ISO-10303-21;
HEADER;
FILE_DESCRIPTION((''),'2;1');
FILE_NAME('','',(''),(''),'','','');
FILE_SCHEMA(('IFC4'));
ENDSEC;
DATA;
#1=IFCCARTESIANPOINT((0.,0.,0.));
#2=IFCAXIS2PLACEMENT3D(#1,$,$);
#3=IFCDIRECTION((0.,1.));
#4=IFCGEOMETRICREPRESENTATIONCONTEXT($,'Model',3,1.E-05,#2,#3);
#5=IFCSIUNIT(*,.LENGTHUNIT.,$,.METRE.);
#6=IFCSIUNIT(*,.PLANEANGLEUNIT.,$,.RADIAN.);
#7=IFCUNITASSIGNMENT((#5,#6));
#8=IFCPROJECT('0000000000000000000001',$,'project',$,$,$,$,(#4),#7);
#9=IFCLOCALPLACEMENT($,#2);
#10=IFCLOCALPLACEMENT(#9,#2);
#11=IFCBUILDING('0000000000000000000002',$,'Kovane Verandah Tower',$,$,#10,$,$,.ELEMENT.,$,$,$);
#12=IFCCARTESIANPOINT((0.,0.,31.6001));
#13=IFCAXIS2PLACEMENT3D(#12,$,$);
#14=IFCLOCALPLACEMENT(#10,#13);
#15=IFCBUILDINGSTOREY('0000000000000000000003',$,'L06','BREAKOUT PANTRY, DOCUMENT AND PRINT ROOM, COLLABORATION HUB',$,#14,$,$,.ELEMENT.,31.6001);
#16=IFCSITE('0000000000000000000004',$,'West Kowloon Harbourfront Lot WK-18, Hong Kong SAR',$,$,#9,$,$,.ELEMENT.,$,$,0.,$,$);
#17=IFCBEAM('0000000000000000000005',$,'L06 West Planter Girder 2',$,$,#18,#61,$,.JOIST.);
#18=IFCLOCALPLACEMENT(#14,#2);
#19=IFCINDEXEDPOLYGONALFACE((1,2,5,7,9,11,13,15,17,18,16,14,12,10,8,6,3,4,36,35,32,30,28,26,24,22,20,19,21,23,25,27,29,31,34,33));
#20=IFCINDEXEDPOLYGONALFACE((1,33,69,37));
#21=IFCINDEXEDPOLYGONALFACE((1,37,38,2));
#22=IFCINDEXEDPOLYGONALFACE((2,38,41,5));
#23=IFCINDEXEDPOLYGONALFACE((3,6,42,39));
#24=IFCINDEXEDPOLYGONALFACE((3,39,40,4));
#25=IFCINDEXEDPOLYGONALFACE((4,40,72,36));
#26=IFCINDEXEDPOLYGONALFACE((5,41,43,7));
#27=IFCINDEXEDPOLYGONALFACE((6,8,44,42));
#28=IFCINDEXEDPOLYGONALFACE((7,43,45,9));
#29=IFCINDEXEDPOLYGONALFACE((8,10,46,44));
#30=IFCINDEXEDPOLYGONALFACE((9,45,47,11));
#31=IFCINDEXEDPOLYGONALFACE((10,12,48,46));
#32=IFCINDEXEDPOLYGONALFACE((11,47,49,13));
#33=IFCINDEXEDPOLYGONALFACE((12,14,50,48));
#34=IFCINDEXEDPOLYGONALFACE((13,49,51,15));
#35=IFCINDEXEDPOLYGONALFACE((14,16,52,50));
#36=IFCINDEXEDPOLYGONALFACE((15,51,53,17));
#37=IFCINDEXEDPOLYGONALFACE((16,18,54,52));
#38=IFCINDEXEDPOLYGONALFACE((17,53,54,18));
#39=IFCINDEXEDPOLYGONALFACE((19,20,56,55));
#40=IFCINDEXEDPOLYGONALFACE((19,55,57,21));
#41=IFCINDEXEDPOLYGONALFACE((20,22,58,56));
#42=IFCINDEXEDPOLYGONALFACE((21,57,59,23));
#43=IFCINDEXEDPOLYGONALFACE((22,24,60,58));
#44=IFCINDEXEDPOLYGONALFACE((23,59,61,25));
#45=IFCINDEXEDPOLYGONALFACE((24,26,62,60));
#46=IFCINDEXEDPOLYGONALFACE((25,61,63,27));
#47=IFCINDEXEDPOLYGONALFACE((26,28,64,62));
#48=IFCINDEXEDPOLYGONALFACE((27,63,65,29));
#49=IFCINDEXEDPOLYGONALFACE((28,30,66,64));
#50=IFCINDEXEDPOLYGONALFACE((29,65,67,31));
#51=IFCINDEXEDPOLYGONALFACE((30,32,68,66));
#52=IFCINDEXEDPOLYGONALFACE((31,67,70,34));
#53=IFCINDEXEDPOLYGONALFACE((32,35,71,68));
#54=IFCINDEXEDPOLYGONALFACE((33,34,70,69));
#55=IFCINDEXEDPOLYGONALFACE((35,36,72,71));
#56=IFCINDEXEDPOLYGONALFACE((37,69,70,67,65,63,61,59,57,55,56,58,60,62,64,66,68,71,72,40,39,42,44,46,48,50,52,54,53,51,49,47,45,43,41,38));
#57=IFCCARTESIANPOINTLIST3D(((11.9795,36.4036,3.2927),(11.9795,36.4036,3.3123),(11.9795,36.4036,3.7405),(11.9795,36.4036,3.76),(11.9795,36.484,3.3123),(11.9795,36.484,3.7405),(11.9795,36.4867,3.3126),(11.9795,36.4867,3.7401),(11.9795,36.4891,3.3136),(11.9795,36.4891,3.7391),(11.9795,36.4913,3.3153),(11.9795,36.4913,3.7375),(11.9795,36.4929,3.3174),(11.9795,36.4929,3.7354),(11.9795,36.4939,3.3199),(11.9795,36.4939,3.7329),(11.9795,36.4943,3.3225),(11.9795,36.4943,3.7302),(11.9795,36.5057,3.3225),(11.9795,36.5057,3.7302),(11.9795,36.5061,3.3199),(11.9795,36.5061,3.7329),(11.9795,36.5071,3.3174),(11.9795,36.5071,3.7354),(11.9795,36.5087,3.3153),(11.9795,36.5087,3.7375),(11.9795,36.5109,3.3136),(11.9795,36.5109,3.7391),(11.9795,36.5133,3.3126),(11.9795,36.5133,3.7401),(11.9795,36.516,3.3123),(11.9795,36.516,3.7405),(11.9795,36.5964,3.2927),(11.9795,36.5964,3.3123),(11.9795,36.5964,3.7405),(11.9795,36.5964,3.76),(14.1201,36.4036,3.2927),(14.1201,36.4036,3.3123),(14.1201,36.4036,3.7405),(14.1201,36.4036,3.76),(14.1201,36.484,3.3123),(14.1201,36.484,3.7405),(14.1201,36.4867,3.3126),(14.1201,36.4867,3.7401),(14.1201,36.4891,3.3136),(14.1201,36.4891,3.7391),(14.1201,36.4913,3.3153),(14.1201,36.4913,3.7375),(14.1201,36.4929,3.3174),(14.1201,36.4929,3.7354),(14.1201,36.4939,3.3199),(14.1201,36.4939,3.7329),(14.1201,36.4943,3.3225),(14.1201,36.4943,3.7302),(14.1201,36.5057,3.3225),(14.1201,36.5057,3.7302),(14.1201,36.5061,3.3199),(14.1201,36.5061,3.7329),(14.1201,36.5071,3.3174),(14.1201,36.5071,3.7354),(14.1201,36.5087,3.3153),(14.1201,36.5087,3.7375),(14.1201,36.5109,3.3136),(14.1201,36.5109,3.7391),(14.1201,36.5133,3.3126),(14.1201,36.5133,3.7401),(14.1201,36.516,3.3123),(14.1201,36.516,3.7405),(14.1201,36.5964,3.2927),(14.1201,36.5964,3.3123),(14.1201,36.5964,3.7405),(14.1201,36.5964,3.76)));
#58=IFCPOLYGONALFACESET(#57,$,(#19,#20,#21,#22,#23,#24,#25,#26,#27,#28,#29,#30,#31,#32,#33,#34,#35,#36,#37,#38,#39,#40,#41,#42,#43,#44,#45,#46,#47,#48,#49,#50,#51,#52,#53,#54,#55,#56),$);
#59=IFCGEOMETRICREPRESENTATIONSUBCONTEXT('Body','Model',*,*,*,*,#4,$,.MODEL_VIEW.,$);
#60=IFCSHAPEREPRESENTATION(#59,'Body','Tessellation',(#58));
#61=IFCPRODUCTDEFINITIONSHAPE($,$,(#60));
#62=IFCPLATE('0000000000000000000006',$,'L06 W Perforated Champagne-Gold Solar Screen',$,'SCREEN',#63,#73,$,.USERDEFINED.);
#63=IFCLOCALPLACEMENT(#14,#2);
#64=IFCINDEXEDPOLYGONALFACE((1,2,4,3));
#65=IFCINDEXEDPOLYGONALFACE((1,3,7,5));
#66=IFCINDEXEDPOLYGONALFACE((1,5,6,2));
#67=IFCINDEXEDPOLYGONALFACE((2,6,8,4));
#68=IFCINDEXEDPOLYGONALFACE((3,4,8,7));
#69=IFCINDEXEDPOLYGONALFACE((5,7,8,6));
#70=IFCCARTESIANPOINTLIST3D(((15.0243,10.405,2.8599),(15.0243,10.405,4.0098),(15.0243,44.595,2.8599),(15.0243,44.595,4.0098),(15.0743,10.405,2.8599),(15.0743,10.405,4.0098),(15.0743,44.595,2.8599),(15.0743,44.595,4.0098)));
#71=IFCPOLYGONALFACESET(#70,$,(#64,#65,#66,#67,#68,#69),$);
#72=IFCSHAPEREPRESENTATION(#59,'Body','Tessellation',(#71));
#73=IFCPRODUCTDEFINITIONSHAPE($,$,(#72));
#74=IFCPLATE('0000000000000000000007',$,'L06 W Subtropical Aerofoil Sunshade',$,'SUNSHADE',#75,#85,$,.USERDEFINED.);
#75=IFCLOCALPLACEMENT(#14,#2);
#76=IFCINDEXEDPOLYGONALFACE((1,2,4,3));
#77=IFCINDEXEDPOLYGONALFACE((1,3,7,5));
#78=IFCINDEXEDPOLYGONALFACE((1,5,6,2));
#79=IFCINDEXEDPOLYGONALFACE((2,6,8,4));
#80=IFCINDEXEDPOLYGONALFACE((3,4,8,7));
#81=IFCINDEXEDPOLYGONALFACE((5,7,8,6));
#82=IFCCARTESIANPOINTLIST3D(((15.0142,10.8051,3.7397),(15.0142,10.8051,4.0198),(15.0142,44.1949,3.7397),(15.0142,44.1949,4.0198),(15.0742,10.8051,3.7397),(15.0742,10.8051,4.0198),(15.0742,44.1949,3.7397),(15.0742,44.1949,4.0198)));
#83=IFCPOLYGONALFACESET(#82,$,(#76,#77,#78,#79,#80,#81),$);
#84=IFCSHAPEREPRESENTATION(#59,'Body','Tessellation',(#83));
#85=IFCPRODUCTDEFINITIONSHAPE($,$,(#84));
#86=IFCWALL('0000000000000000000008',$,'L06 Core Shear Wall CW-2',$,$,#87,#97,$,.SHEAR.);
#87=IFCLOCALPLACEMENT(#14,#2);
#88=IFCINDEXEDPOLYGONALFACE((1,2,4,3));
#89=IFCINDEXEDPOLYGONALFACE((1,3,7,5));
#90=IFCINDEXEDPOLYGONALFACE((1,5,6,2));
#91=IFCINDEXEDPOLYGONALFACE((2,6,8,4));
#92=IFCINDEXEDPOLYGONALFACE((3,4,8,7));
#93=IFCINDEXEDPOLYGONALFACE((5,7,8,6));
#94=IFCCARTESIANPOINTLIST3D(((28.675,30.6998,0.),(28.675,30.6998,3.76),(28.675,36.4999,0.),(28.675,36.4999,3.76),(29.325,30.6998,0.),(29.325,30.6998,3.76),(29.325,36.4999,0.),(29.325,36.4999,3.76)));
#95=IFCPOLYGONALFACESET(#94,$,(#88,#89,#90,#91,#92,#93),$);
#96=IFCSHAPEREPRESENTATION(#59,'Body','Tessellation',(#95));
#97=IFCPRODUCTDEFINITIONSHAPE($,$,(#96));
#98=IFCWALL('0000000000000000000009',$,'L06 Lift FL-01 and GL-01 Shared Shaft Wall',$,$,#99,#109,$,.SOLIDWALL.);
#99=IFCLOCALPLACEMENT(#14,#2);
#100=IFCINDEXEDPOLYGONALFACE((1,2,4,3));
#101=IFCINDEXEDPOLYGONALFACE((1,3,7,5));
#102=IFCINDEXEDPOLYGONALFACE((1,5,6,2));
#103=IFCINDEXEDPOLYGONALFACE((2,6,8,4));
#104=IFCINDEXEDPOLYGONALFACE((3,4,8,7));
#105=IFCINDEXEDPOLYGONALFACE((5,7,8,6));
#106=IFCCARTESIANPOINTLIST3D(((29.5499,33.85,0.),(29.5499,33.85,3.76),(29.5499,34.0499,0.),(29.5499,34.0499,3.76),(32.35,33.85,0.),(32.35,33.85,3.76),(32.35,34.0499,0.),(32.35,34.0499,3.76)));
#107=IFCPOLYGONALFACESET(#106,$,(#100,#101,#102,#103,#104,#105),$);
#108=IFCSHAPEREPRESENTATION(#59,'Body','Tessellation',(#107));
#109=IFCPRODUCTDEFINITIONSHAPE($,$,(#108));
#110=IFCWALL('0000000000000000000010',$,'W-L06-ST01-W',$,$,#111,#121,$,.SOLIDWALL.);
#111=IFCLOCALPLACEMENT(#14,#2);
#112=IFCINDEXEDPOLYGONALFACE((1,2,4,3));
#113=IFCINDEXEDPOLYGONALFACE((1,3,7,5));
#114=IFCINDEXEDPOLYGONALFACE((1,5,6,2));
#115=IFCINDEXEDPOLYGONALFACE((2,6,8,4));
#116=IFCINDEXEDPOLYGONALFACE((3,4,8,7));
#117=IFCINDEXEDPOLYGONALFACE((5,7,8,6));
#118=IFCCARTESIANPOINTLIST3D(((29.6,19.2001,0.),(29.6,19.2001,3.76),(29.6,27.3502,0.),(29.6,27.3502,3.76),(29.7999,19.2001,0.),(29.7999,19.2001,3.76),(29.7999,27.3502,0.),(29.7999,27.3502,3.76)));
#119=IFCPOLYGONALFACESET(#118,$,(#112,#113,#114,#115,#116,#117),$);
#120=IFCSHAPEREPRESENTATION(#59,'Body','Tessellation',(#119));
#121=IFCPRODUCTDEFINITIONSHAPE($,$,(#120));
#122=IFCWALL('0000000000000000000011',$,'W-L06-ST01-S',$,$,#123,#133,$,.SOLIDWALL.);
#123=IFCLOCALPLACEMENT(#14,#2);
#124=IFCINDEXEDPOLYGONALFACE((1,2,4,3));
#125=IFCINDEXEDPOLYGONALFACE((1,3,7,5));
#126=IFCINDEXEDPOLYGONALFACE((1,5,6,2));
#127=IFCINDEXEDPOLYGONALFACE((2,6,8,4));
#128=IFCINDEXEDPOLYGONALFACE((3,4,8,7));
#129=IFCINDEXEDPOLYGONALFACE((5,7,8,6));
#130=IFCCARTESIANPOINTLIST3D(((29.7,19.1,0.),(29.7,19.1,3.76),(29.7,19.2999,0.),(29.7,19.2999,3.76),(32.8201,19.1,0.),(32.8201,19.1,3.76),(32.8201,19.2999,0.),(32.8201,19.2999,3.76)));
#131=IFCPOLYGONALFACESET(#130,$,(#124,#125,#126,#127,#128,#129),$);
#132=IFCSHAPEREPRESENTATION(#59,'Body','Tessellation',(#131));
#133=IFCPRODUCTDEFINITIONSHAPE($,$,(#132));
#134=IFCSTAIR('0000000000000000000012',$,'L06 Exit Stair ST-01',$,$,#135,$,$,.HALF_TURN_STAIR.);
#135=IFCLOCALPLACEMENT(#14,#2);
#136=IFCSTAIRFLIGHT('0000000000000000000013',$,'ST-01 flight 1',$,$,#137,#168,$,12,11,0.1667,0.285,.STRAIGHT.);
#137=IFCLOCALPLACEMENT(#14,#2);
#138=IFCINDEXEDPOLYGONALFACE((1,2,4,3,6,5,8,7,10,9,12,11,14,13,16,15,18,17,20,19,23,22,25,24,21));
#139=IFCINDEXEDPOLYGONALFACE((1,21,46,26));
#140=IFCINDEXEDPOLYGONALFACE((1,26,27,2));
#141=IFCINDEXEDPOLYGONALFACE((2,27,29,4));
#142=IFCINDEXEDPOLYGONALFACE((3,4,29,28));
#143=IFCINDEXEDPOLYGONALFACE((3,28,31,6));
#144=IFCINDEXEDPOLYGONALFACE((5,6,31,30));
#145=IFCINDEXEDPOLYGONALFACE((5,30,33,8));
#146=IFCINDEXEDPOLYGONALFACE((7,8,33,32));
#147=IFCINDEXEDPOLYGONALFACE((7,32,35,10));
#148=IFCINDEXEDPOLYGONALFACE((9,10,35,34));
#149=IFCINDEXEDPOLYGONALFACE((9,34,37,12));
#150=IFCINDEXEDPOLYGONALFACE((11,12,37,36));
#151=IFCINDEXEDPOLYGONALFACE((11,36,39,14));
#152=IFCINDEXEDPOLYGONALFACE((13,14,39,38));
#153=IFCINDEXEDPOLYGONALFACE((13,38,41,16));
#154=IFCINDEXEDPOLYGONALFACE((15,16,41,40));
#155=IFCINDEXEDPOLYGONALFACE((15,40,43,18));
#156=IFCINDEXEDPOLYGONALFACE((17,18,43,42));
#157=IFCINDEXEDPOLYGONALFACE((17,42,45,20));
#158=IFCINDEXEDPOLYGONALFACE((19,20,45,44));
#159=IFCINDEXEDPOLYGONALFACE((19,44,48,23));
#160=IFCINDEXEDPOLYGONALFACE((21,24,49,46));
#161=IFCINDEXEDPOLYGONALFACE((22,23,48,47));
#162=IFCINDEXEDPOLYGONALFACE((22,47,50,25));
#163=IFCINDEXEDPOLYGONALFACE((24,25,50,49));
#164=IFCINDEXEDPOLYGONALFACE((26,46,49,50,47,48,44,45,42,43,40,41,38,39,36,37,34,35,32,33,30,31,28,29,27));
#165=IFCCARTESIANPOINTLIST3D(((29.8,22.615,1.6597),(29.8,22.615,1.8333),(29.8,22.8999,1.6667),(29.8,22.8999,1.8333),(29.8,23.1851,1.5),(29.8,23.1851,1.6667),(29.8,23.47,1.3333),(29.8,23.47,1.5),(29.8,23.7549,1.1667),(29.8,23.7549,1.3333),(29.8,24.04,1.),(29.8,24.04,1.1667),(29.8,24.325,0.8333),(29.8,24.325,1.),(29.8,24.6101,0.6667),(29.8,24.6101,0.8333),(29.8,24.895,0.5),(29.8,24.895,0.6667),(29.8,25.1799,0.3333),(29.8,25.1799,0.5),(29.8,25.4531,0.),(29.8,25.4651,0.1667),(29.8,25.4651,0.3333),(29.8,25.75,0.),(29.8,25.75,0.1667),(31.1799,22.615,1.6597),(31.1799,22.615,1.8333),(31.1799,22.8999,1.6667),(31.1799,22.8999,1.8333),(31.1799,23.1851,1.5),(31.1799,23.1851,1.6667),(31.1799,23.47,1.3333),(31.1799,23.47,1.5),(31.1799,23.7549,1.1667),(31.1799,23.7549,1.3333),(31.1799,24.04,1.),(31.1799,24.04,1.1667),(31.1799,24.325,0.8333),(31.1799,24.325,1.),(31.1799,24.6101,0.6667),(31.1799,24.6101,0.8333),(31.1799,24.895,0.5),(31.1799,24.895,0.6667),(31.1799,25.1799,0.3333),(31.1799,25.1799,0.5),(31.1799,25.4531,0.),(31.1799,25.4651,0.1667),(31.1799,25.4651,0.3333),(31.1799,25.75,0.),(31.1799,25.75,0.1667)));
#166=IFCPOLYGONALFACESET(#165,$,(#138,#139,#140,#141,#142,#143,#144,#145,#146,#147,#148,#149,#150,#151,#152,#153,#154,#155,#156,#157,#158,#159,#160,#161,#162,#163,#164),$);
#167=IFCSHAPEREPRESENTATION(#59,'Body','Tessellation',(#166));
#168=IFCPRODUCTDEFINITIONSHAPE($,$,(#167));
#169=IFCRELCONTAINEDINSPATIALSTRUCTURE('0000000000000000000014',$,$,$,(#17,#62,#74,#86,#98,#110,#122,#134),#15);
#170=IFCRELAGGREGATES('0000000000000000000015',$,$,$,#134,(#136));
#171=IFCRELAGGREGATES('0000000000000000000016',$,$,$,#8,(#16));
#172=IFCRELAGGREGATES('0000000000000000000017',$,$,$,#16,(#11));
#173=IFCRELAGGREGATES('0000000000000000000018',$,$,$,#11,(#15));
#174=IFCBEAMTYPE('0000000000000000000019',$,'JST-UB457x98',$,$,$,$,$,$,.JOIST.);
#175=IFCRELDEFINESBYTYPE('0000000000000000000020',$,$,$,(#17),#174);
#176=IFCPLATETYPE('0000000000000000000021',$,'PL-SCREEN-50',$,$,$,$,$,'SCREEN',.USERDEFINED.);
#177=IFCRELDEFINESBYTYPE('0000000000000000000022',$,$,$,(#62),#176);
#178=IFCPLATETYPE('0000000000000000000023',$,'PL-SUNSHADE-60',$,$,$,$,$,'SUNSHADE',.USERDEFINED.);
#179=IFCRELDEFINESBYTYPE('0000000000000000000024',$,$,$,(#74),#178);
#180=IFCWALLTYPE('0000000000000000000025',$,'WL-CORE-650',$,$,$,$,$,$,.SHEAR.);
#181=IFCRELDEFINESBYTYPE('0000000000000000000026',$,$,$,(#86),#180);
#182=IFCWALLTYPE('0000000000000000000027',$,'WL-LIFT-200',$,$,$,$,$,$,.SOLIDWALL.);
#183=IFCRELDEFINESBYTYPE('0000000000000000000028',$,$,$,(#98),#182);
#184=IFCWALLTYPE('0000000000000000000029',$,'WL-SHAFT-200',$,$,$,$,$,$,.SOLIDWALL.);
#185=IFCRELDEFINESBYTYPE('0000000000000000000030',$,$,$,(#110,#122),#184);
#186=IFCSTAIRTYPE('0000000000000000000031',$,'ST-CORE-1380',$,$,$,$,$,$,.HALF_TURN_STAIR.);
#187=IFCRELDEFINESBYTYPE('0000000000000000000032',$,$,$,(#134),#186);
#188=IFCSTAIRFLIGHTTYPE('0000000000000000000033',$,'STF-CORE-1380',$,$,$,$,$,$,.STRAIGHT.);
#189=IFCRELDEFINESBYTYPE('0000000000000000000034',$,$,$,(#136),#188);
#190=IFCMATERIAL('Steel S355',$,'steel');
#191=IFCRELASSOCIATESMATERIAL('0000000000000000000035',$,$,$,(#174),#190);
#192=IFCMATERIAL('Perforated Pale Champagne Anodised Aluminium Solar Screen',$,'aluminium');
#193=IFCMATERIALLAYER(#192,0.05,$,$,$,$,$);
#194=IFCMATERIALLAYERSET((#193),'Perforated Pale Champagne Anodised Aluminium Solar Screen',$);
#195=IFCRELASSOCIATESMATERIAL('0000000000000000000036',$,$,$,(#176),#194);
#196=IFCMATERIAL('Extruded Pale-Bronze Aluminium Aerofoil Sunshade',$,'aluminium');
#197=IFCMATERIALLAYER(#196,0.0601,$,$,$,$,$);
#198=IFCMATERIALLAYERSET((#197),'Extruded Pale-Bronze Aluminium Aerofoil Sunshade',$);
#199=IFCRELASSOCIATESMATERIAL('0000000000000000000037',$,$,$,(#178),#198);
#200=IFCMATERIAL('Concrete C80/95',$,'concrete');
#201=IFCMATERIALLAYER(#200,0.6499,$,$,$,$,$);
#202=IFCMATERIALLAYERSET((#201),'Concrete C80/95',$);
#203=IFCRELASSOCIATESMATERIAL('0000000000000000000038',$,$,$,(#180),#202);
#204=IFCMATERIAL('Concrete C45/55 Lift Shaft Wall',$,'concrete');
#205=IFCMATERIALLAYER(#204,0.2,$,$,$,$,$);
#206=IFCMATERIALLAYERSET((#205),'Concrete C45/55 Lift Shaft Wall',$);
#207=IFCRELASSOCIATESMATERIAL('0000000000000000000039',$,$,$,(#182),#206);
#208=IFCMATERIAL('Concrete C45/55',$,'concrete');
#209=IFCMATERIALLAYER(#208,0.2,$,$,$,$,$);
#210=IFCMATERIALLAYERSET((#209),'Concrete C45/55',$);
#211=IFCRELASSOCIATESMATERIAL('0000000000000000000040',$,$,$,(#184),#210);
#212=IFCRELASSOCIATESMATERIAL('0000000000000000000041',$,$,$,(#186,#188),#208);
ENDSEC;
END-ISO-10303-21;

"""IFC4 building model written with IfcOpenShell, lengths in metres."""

from ifc_helpers import new_model, si_unit, direction, frame, frame_2d, origin, origin_2d, place, context, subcontext, project, spatial, polyline, rectangle, i_section, outline, extrude, material, layer, layer_set, material_profile, profile_set, type_object, element, aggregate, save


model = new_model("IFC4")

# Units and contexts
model_context = context("Model", 3, precision=1e-05, world=origin(), true_north=direction((0.0, 1.0)))
body_context = subcontext(model_context, "Body", "Model", "MODEL_VIEW")
ifc_project = project(units=[si_unit("LENGTHUNIT", "METRE"), si_unit("PLANEANGLEUNIT", "RADIAN")], contexts=[model_context])

# Site, building, storey
site_placement = place(None, origin())
site = spatial("IfcSite", under=ifc_project, at=site_placement, Name="West Kowloon Harbourfront Lot WK-18, Hong Kong SAR", CompositionType="ELEMENT", RefElevation=0.0)
building_placement = place(site_placement, origin())
building = spatial("IfcBuilding", under=site, at=building_placement, Name="Kovane Verandah Tower", CompositionType="ELEMENT")
storey_placement = place(building_placement, frame((0.0, 0.0, 31.6001)))
storey = spatial("IfcBuildingStorey", under=building, at=storey_placement, Name="L06", Description="BREAKOUT PANTRY, DOCUMENT AND PRINT ROOM, COLLABORATION HUB", CompositionType="ELEMENT", Elevation=31.6001)

# Shared definitions
ifc_material_1 = material(Name="Concrete C80/95", Category="concrete")

# Beam
ifc_material_2 = material(Name="Steel S355", Category="steel")
ifc_material_profile_1 = material_profile(ifc_material_2, i_section(OverallWidth=0.1929, OverallDepth=0.4673, WebThickness=0.0115, FlangeThickness=0.0195, FilletRadius=0.0103, at=origin_2d()), Name="UB457x191x98")
ifc_profile_set_1 = profile_set([ifc_material_profile_1], Name="Steel S355")
beam_type_1 = type_object("IfcBeamType", Name="JST-UB457x98", PredefinedType="JOIST", material=ifc_profile_set_1)
beam_1_placement = place(storey_placement, frame((14.1201, 36.5, 3.5264), z_axis=(-1.0, 0.0, 0.0), x_axis=(0.0, -1.0, 0.0)))
element("IfcBeam", 1, at=beam_1_placement, inside=storey, type_object=beam_type_1, Name="L06 West Planter Girder 2", PredefinedType="JOIST", context=body_context, shape_type="SweptSolid", body=[
    extrude(i_section(OverallWidth=0.1929, OverallDepth=0.4673, WebThickness=0.0115, FlangeThickness=0.0195, FilletRadius=0.0103, at=origin_2d()), origin(), (0.0, 0.0, 1.0), 2.1406),
])

# Plates
ifc_material_3 = material(Name="Perforated Pale Champagne Anodised Aluminium Solar Screen", Category="aluminium")
ifc_layer_1 = layer(ifc_material_3, 0.05)
ifc_layer_set_1 = layer_set([ifc_layer_1], Name="Perforated Pale Champagne Anodised Aluminium Solar Screen")
plate_type_1 = type_object("IfcPlateType", Name="PL-SCREEN-50", ElementType="SCREEN", PredefinedType="USERDEFINED", material=ifc_layer_set_1)
plate_1_placement = place(storey_placement, frame((15.0493, 27.5, 2.8599), z_axis=(0.0, 0.0, 1.0), x_axis=(0.0, -1.0, 0.0)))
element("IfcPlate", 2, at=plate_1_placement, inside=storey, type_object=plate_type_1, Name="L06 W Perforated Champagne-Gold Solar Screen", ObjectType="SCREEN", PredefinedType="USERDEFINED", context=body_context, shape_type="SweptSolid", body=[
    extrude(rectangle(XDim=34.1899, YDim=0.05, at=origin_2d()), origin(), (0.0, 0.0, 1.0), 1.1499),
])
ifc_material_4 = material(Name="Extruded Pale-Bronze Aluminium Aerofoil Sunshade", Category="aluminium")
ifc_layer_2 = layer(ifc_material_4, 0.0601)
ifc_layer_set_2 = layer_set([ifc_layer_2], Name="Extruded Pale-Bronze Aluminium Aerofoil Sunshade")
plate_type_2 = type_object("IfcPlateType", Name="PL-SUNSHADE-60", ElementType="SUNSHADE", PredefinedType="USERDEFINED", material=ifc_layer_set_2)
plate_2_placement = place(storey_placement, frame((15.0442, 27.5, 3.7397), z_axis=(0.0, 0.0, 1.0), x_axis=(0.0, -1.0, 0.0)))
element("IfcPlate", 3, at=plate_2_placement, inside=storey, type_object=plate_type_2, Name="L06 W Subtropical Aerofoil Sunshade", ObjectType="SUNSHADE", PredefinedType="USERDEFINED", context=body_context, shape_type="SweptSolid", body=[
    extrude(rectangle(XDim=33.3899, YDim=0.0601, at=origin_2d()), origin(), (0.0, 0.0, 1.0), 0.28),
])

# Wall
ifc_layer_3 = layer(ifc_material_1, 0.6499)
ifc_layer_set_3 = layer_set([ifc_layer_3], Name="Concrete C80/95")
wall_type_1 = type_object("IfcWallType", Name="WL-CORE-650", PredefinedType="SHEAR", material=ifc_layer_set_3)
wall_1_placement = place(storey_placement, frame((29.0, 30.7, 0.0), z_axis=(0.0, 0.0, 1.0), x_axis=(0.0, 1.0, 0.0)))
element("IfcWall", 4, at=wall_1_placement, inside=storey, type_object=wall_type_1, Name="L06 Core Shear Wall CW-2", PredefinedType="SHEAR", context=body_context, shape_type="SweptSolid", body=[
    extrude(rectangle(XDim=5.8, YDim=0.6499, at=frame_2d((2.8999, 0.0))), origin(), (0.0, 0.0, 1.0), 3.76),
])

# Shared definitions
ifc_material_5 = material(Name="Concrete C45/55 Lift Shaft Wall", Category="concrete")
ifc_layer_4 = layer(ifc_material_5, 0.2)
ifc_layer_set_4 = layer_set([ifc_layer_4], Name="Concrete C45/55 Lift Shaft Wall")
wall_type_2 = type_object("IfcWallType", Name="WL-LIFT-200", PredefinedType="SOLIDWALL", material=ifc_layer_set_4)

# Walls
wall_2_placement = place(storey_placement, frame((29.55, 33.95, 0.0), z_axis=(0.0, 0.0, 1.0), x_axis=(1.0, 0.0, 0.0)))
element("IfcWall", 5, at=wall_2_placement, inside=storey, type_object=wall_type_2, Name="L06 Lift FL-01 and GL-01 Shared Shaft Wall", PredefinedType="SOLIDWALL", context=body_context, shape_type="SweptSolid", body=[
    extrude(rectangle(XDim=2.8, YDim=0.2, at=frame_2d((1.3999, 0.0))), origin(), (0.0, 0.0, 1.0), 3.76),
])
ifc_material_6 = material(Name="Concrete C45/55", Category="concrete")
ifc_layer_5 = layer(ifc_material_6, 0.2)
ifc_layer_set_5 = layer_set([ifc_layer_5], Name="Concrete C45/55")
wall_type_3 = type_object("IfcWallType", Name="WL-SHAFT-200", PredefinedType="SOLIDWALL", material=ifc_layer_set_5)
wall_3_placement = place(storey_placement, frame((29.7, 19.2, 0.0), z_axis=(0.0, 0.0, 1.0), x_axis=(0.0, 1.0, 0.0)))
element("IfcWall", 6, at=wall_3_placement, inside=storey, type_object=wall_type_3, Name="W-L06-ST01-W", PredefinedType="SOLIDWALL", context=body_context, shape_type="SweptSolid", body=[
    extrude(rectangle(XDim=8.1501, YDim=0.2, at=frame_2d((4.0752, 0.0))), origin(), (0.0, 0.0, 1.0), 3.76),
])
wall_4_placement = place(storey_placement, frame((29.7, 19.2, 0.0), z_axis=(0.0, 0.0, 1.0), x_axis=(1.0, 0.0, 0.0)))
element("IfcWall", 7, at=wall_4_placement, inside=storey, type_object=wall_type_3, Name="W-L06-ST01-S", PredefinedType="SOLIDWALL", context=body_context, shape_type="SweptSolid", body=[
    extrude(rectangle(XDim=3.1201, YDim=0.2, at=frame_2d((1.5601, 0.0))), origin(), (0.0, 0.0, 1.0), 3.76),
])

# Stair, stair flight
stair_type = type_object("IfcStairType", Name="ST-CORE-1380", PredefinedType="HALF_TURN_STAIR", material=ifc_material_6)
stair_placement = place(storey_placement, origin())
stair = element("IfcStair", 8, at=stair_placement, inside=storey, type_object=stair_type, Name="L06 Exit Stair ST-01", PredefinedType="HALF_TURN_STAIR")
stair_flight_type = type_object("IfcStairFlightType", Name="STF-CORE-1380", PredefinedType="STRAIGHT", material=ifc_material_6)
stair_flight_placement = place(storey_placement, frame((30.49, 25.75, 0.0), z_axis=(0.0, 0.0, 1.0), x_axis=(0.0, -1.0, 0.0)))
stair_flight = element("IfcStairFlight", 9, at=stair_flight_placement, type_object=stair_flight_type, Name="ST-01 flight 1", NumberOfRisers=12, NumberOfTreads=11, PredefinedType="STRAIGHT", RiserHeight=0.1667, TreadLength=0.285, context=body_context, shape_type="SweptSolid", body=[
    extrude(outline(polyline([(0.0, 0.0), (0.0, 0.1667), (0.2849, 0.1667), (0.2849, 0.3333), (0.5701, 0.3333), (0.5701, 0.5), (0.855, 0.5), (0.855, 0.6667), (1.1399, 0.6667), (1.1399, 0.8333), (1.425, 0.8333), (1.425, 1.0), (1.71, 1.0), (1.71, 1.1667), (1.9951, 1.1667), (1.9951, 1.3333), (2.28, 1.3333), (2.28, 1.5), (2.5649, 1.5), (2.5649, 1.6667), (2.8501, 1.6667), (2.8501, 1.8333), (3.135, 1.8333), (3.135, 2.0), (3.135, 1.6597), (0.2969, 0.0), (0.0, 0.0)])), frame((0.0, 0.6899, 0.0), z_axis=(0.0, -1.0, 0.0), x_axis=(1.0, 0.0, 0.0)), (0.0, 0.0, 1.0), 1.3799),
])
aggregate(stair, [stair_flight])

save(model, "model.ifc")
